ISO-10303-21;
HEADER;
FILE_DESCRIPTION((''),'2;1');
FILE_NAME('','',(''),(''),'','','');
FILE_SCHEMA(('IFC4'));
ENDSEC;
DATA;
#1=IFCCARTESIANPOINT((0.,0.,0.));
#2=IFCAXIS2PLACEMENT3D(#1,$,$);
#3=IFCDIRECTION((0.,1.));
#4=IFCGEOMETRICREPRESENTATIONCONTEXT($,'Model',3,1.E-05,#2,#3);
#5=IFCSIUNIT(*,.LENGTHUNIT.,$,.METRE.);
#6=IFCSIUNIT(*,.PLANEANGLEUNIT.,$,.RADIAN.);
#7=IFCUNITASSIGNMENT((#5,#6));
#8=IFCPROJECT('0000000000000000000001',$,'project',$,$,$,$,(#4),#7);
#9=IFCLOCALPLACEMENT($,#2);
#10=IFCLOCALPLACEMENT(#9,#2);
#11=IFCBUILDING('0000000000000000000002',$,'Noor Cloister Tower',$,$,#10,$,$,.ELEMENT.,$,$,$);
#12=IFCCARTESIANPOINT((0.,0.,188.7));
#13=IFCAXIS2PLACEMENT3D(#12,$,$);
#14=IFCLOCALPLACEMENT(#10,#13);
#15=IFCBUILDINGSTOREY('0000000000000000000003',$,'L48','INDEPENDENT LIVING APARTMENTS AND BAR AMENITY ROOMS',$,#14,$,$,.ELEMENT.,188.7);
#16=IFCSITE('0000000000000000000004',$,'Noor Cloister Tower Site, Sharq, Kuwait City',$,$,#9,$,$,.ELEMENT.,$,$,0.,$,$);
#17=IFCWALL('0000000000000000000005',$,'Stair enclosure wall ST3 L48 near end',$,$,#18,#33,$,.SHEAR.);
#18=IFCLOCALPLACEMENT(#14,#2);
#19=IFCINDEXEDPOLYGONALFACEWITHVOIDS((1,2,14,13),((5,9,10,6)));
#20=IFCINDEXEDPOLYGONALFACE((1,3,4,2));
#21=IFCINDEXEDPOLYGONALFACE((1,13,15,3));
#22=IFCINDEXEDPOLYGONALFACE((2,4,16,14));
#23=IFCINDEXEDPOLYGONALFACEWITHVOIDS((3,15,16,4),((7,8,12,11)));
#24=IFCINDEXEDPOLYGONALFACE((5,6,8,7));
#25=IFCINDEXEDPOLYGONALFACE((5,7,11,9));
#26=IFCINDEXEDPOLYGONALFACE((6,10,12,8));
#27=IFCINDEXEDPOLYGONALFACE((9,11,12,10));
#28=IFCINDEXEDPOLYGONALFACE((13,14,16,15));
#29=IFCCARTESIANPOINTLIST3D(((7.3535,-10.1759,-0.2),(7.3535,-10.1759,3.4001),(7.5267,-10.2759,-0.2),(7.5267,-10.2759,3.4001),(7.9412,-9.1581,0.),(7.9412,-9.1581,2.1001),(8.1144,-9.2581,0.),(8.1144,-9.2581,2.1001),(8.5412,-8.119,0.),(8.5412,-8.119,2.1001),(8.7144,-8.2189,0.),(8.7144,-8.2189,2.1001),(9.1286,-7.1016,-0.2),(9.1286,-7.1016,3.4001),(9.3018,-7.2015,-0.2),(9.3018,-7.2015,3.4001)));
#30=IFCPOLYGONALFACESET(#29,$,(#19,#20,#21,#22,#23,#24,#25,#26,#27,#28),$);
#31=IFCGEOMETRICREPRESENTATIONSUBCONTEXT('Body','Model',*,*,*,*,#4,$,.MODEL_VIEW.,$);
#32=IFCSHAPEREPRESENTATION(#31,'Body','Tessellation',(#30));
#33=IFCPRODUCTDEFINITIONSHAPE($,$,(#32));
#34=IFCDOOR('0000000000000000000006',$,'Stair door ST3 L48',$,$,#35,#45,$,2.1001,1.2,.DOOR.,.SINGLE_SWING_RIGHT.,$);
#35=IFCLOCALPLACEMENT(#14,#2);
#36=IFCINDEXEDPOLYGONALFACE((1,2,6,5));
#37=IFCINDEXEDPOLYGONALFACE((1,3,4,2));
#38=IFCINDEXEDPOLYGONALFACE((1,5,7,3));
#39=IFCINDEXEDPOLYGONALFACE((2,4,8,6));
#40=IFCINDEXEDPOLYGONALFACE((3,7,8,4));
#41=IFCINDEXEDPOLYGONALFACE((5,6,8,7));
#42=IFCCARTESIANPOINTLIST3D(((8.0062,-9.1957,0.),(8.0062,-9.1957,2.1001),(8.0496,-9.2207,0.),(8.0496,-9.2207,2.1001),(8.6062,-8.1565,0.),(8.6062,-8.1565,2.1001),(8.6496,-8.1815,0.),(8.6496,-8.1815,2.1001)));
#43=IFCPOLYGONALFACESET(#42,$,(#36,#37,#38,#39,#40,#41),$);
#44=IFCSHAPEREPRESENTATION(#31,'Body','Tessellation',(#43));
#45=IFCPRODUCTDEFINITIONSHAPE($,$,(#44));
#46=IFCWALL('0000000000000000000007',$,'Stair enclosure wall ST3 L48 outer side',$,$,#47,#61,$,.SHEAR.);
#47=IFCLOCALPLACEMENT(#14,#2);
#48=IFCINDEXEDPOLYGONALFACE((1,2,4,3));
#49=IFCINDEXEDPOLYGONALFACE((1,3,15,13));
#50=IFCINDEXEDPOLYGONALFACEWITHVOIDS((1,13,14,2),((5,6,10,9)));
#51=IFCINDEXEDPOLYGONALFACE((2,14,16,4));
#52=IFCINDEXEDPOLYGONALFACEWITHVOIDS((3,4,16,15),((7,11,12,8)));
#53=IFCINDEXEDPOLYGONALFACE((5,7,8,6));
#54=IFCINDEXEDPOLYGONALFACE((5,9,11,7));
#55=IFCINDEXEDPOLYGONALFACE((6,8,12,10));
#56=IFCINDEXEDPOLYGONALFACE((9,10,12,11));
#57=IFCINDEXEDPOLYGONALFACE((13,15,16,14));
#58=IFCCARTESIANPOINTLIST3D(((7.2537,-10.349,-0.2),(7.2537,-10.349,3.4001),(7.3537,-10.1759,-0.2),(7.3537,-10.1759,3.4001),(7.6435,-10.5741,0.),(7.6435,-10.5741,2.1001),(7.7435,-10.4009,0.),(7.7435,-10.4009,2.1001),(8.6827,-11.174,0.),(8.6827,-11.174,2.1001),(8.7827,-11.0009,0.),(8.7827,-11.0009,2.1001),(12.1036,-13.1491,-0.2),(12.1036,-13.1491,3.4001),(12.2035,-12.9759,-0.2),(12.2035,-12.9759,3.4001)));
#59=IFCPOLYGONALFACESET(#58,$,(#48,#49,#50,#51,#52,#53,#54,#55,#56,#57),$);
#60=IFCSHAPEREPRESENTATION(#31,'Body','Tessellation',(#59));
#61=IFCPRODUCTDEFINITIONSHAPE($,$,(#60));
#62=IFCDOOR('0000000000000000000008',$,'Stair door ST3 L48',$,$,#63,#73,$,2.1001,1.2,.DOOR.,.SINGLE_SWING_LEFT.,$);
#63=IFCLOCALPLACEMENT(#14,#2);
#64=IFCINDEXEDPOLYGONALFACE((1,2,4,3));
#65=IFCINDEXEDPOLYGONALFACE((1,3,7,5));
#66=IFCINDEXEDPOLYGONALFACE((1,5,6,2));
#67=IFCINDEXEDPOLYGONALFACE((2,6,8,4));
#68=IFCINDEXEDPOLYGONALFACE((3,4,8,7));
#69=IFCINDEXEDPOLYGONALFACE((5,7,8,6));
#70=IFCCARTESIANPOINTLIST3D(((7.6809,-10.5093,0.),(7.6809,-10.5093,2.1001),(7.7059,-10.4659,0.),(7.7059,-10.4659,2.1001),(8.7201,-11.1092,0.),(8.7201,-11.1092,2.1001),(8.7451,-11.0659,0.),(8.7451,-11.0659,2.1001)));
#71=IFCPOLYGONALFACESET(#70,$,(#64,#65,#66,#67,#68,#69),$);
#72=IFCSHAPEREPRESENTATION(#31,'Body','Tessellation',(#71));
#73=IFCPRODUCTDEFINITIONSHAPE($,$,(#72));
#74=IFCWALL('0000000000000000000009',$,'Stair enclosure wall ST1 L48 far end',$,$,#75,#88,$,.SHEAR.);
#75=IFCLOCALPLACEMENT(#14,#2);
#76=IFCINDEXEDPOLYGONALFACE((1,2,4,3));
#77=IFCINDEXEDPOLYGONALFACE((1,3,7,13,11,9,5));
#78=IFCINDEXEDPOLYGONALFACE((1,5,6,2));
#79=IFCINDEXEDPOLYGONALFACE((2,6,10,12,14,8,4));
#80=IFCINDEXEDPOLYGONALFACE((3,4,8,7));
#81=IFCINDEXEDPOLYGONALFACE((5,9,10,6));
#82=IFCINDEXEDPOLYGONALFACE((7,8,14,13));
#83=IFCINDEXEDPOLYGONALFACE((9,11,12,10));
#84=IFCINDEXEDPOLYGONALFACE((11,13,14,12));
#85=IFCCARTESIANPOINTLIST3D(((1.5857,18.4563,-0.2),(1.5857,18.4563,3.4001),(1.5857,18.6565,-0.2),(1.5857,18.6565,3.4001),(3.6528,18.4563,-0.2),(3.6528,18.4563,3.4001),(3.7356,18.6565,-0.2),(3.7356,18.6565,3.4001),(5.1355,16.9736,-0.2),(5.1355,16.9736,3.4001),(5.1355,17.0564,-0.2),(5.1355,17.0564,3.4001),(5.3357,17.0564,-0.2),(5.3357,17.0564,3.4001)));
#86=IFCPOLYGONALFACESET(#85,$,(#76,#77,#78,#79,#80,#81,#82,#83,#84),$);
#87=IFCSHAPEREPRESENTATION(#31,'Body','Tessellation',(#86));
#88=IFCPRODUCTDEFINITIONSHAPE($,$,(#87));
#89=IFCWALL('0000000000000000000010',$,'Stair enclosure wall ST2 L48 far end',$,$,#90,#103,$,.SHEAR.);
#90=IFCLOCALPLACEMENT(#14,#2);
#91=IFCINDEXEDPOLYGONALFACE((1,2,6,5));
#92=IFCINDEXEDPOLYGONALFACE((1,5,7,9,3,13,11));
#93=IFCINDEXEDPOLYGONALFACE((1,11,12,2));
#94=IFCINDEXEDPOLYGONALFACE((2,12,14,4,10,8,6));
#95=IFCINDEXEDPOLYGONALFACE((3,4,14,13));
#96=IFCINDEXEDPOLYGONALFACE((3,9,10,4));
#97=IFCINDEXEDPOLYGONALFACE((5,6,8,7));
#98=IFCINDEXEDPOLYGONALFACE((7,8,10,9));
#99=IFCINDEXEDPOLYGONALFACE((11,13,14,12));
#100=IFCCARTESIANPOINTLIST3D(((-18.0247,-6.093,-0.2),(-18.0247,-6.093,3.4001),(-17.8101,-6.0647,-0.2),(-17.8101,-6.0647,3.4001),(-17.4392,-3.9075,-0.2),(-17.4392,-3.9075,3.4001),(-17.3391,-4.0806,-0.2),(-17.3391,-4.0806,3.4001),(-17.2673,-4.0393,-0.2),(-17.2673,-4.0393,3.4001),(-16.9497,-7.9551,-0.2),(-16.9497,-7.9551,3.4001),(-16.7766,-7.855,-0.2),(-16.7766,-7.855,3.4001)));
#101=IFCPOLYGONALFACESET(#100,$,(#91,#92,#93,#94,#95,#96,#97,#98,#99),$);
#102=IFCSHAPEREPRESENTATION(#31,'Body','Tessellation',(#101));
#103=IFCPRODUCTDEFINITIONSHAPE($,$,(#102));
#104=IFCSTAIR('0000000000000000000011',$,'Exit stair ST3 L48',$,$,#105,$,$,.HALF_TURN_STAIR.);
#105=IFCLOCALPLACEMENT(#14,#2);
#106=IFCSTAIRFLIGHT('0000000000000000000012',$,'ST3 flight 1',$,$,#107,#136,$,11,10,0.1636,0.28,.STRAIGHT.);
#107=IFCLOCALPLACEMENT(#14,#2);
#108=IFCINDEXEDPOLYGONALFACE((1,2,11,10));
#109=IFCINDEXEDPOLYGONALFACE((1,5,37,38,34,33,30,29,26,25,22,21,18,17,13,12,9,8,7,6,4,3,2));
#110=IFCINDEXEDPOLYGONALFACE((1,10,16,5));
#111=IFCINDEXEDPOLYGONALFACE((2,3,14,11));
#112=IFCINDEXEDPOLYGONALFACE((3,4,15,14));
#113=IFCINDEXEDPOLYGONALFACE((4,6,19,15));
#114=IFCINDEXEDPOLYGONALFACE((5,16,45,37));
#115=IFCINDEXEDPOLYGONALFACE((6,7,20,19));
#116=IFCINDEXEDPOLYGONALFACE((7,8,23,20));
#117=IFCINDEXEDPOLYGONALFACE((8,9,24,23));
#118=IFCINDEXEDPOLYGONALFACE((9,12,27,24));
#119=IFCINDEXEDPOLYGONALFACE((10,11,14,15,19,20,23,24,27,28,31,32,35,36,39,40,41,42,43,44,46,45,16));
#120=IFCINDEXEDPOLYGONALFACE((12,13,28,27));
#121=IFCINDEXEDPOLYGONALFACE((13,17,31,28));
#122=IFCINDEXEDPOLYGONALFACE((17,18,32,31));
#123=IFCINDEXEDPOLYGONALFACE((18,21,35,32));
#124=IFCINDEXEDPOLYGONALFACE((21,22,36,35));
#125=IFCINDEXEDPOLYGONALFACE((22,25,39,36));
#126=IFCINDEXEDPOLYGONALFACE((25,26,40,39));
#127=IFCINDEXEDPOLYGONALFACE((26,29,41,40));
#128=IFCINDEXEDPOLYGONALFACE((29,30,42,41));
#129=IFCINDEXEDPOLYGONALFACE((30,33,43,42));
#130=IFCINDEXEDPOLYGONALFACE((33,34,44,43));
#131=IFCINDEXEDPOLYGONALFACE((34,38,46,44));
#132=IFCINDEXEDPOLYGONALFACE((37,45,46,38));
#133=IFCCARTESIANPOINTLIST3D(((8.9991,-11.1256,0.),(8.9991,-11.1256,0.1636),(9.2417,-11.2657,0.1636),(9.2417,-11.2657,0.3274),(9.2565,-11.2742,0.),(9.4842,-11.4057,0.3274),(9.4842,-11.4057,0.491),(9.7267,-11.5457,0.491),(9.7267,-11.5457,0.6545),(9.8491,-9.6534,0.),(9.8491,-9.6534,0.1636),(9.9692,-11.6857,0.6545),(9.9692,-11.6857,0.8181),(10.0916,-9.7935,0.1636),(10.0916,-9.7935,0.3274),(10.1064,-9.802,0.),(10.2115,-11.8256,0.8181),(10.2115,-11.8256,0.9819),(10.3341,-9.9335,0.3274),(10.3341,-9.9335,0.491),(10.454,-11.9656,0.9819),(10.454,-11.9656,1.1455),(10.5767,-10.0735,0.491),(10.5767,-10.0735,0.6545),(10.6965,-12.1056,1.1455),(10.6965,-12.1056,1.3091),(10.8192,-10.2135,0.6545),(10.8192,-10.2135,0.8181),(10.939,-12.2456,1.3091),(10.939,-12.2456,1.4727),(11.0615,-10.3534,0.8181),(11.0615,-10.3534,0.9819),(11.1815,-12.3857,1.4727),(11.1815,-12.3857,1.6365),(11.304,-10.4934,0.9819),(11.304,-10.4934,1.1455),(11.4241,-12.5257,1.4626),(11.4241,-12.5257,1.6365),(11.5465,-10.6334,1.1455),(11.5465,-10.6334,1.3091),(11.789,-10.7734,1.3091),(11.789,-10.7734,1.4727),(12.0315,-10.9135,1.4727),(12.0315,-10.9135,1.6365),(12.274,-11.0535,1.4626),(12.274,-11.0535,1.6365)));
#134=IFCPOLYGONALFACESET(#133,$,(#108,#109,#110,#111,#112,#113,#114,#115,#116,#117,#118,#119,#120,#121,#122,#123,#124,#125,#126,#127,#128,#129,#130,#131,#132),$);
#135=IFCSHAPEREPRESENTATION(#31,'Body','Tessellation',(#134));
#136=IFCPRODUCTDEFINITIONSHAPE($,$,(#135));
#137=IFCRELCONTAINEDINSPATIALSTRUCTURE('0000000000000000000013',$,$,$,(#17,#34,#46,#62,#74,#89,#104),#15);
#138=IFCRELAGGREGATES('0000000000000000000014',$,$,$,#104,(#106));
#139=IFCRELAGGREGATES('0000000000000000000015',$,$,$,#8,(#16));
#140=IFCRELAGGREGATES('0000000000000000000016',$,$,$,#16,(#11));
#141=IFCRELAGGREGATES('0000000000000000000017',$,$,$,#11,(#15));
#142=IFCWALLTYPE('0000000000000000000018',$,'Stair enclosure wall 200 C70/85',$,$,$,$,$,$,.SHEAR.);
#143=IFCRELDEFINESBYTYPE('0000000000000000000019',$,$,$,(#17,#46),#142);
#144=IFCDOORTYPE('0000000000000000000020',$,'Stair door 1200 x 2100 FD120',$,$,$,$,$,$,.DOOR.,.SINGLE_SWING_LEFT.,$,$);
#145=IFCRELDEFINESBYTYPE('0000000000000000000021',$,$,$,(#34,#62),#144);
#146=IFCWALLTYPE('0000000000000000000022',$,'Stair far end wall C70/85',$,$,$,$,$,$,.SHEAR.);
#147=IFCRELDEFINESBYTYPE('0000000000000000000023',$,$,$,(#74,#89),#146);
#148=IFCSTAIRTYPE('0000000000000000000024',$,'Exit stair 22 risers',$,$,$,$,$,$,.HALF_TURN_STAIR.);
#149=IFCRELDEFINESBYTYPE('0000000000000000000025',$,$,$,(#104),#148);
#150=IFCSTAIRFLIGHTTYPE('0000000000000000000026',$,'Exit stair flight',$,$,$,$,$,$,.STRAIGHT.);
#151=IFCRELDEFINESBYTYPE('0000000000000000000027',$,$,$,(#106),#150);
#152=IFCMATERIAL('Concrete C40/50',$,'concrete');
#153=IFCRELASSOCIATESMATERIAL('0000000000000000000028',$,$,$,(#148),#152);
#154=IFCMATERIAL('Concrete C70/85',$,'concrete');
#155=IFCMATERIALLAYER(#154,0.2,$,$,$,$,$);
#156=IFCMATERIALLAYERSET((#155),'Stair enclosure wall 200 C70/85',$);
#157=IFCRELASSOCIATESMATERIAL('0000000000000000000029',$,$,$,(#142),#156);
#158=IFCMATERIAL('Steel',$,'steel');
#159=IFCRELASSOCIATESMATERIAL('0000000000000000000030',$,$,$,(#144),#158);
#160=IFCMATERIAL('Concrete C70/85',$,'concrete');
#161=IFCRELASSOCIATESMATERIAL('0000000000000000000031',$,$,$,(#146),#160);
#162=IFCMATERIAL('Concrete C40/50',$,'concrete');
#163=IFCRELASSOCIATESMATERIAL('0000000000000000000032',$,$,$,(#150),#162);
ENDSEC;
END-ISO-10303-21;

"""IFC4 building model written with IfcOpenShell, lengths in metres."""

from ifc_helpers import new_model, si_unit, direction, frame, frame_2d, origin, place, context, subcontext, project, spatial, polyline, rectangle, outline, extrude, material, layer, layer_set, type_object, element, fill, aggregate, save


model = new_model("IFC4")

# Units and contexts
model_context = context("Model", 3, precision=1e-05, world=origin(), true_north=direction((0.0, 1.0)))
body_context = subcontext(model_context, "Body", "Model", "MODEL_VIEW")
ifc_project = project(units=[si_unit("LENGTHUNIT", "METRE"), si_unit("PLANEANGLEUNIT", "RADIAN")], contexts=[model_context])

# Site, building, storey
site_placement = place(None, origin())
site = spatial("IfcSite", under=ifc_project, at=site_placement, Name="Noor Cloister Tower Site, Sharq, Kuwait City", CompositionType="ELEMENT", RefElevation=0.0)
building_placement = place(site_placement, origin())
building = spatial("IfcBuilding", under=site, at=building_placement, Name="Noor Cloister Tower", CompositionType="ELEMENT")
storey_placement = place(building_placement, frame((0.0, 0.0, 188.7)))
storey = spatial("IfcBuildingStorey", under=building, at=storey_placement, Name="L48", Description="INDEPENDENT LIVING APARTMENTS AND BAR AMENITY ROOMS", CompositionType="ELEMENT", Elevation=188.7)

# Shared definitions
ifc_material_1 = material(Name="Concrete C40/50", Category="concrete")
stair_type = type_object("IfcStairType", Name="Exit stair 22 risers", PredefinedType="HALF_TURN_STAIR", material=ifc_material_1)

# Walls, openings, doors
ifc_material_2 = material(Name="Concrete C70/85", Category="concrete")
ifc_layer_1 = layer(ifc_material_2, 0.2)
ifc_layer_set_1 = layer_set([ifc_layer_1], Name="Stair enclosure wall 200 C70/85")
wall_type_1 = type_object("IfcWallType", Name="Stair enclosure wall 200 C70/85", PredefinedType="SHEAR", material=ifc_layer_set_1)
wall_1_placement = place(storey_placement, frame((7.4402, -10.2258, -0.2), z_axis=(0.0, 0.0, 1.0), x_axis=(0.500022, 0.866013, 0.0)))
wall_1 = element("IfcWall", 1, at=wall_1_placement, inside=storey, type_object=wall_type_1, Name="Stair enclosure wall ST3 L48 near end", PredefinedType="SHEAR", context=body_context, shape_type="SweptSolid", body=[
    extrude(rectangle(XDim=3.55, YDim=0.2, at=frame_2d((1.7749, 0.0))), origin(), (0.0, 0.0, 1.0), 3.6001),
])
opening_1_placement = place(wall_1_placement, frame((1.175, 0.0, 0.2)))
opening_1 = element("IfcOpeningElement", 2, at=opening_1_placement, cuts=wall_1, PredefinedType="OPENING", context=body_context, shape_type="SweptSolid", body=[
    extrude(rectangle(XDim=1.2, YDim=2.1001, at=frame_2d((0.6001, 1.05))), frame((0.0, 0.1099, 0.0), z_axis=(0.0, -1.0, 0.0), x_axis=(1.0, 0.0, 0.0)), (0.0, 0.0, 1.0), 0.22),
])
ifc_material_3 = material(Name="Steel", Category="steel")
door_type_1 = type_object("IfcDoorType", Name="Stair door 1200 x 2100 FD120", OperationType="SINGLE_SWING_LEFT", PredefinedType="DOOR", material=ifc_material_3)
door_1_placement = place(opening_1_placement, origin())
door_1 = element("IfcDoor", 3, at=door_1_placement, inside=storey, type_object=door_type_1, Name="Stair door ST3 L48", OperationType="SINGLE_SWING_RIGHT", OverallHeight=2.1001, OverallWidth=1.2, PredefinedType="DOOR", context=body_context, shape_type="SweptSolid", body=[
    extrude(rectangle(XDim=1.2, YDim=2.1001, at=frame_2d((0.6001, 1.05))), frame((0.0, 0.0249, 0.0), z_axis=(0.0, -1.0, 0.0), x_axis=(1.0, 0.0, 0.0)), (0.0, 0.0, 1.0), 0.05),
])
fill(opening_1, door_1)
wall_2_placement = place(storey_placement, frame((7.3037, -10.2625, -0.2), z_axis=(0.0, 0.0, 1.0), x_axis=(0.866027, -0.499998, 0.0)))
wall_2 = element("IfcWall", 4, at=wall_2_placement, inside=storey, type_object=wall_type_1, Name="Stair enclosure wall ST3 L48 outer side", PredefinedType="SHEAR", context=body_context, shape_type="SweptSolid", body=[
    extrude(rectangle(XDim=5.6001, YDim=0.2, at=frame_2d((2.8, 0.0))), origin(), (0.0, 0.0, 1.0), 3.6001),
])
opening_2_placement = place(wall_2_placement, frame((0.45, 0.0, 0.2)))
opening_2 = element("IfcOpeningElement", 5, at=opening_2_placement, cuts=wall_2, PredefinedType="OPENING", context=body_context, shape_type="SweptSolid", body=[
    extrude(rectangle(XDim=1.2, YDim=2.1001, at=frame_2d((0.6001, 1.05))), frame((0.0, 0.1099, 0.0), z_axis=(0.0, -1.0, 0.0), x_axis=(1.0, 0.0, 0.0)), (0.0, 0.0, 1.0), 0.22),
])
door_2_placement = place(opening_2_placement, origin())
door_2 = element("IfcDoor", 6, at=door_2_placement, inside=storey, type_object=door_type_1, Name="Stair door ST3 L48", OperationType="SINGLE_SWING_LEFT", OverallHeight=2.1001, OverallWidth=1.2, PredefinedType="DOOR", context=body_context, shape_type="SweptSolid", body=[
    extrude(rectangle(XDim=1.2, YDim=2.1001, at=frame_2d((0.6001, 1.05))), frame((0.0, 0.0249, 0.0), z_axis=(0.0, -1.0, 0.0), x_axis=(1.0, 0.0, 0.0)), (0.0, 0.0, 1.0), 0.05),
])
fill(opening_2, door_2)

# Walls
ifc_material_4 = material(Name="Concrete C70/85", Category="concrete")
wall_type_2 = type_object("IfcWallType", Name="Stair far end wall C70/85", PredefinedType="SHEAR", material=ifc_material_4)
wall_3_placement = place(storey_placement, frame((0.0, 0.0, -0.2)))
element("IfcWall", 7, at=wall_3_placement, inside=storey, type_object=wall_type_2, Name="Stair enclosure wall ST1 L48 far end", PredefinedType="SHEAR", context=body_context, shape_type="SweptSolid", body=[
    extrude(outline(polyline([(5.3357, 17.0564), (3.7356, 18.6565), (1.5857, 18.6565), (1.5857, 18.4563), (3.6528, 18.4563), (5.1355, 16.9736), (5.1355, 17.0564), (5.1355, 17.0564), (5.1355, 17.0564), (5.1355, 17.0564), (5.1355, 17.0564), (5.1355, 17.0564), (5.1355, 17.0564), (5.1355, 17.0564), (5.1355, 17.0564), (5.1355, 17.0564), (5.1355, 17.0564), (5.1355, 17.0564), (5.1355, 17.0564), (5.1355, 17.0564), (5.1355, 17.0564), (5.1355, 17.0564), (5.1355, 17.0564), (5.3357, 17.0564)])), origin(), (0.0, 0.0, 1.0), 3.6001),
])
wall_4_placement = place(storey_placement, frame((0.0, 0.0, -0.2)))
element("IfcWall", 8, at=wall_4_placement, inside=storey, type_object=wall_type_2, Name="Stair enclosure wall ST2 L48 far end", PredefinedType="SHEAR", context=body_context, shape_type="SweptSolid", body=[
    extrude(outline(polyline([(-17.4392, -3.9075), (-18.0247, -6.093), (-16.9497, -7.9551), (-16.7766, -7.855), (-17.8101, -6.0647), (-17.2673, -4.0393), (-17.3391, -4.0806), (-17.3391, -4.0806), (-17.3391, -4.0806), (-17.3391, -4.0806), (-17.3391, -4.0806), (-17.3391, -4.0806), (-17.3391, -4.0806), (-17.3391, -4.0806), (-17.3391, -4.0806), (-17.3391, -4.0806), (-17.3391, -4.0806), (-17.3391, -4.0806), (-17.3391, -4.0806), (-17.3391, -4.0806), (-17.3391, -4.0806), (-17.3391, -4.0806), (-17.3391, -4.0806), (-17.4392, -3.9075)])), origin(), (0.0, 0.0, 1.0), 3.6001),
])

# Stair, stair flight
stair_1_placement = place(storey_placement, origin())
stair_1 = element("IfcStair", 9, at=stair_1_placement, inside=storey, type_object=stair_type, Name="Exit stair ST3 L48", PredefinedType="HALF_TURN_STAIR")
ifc_material_5 = material(Name="Concrete C40/50", Category="concrete")
stair_flight_type = type_object("IfcStairFlightType", Name="Exit stair flight", PredefinedType="STRAIGHT", material=ifc_material_5)
stair_flight_placement = place(storey_placement, frame((9.4241, -10.3896, 0.0), z_axis=(0.0, 0.0, 1.0), x_axis=(0.866025, -0.5, 0.0)))
stair_flight = element("IfcStairFlight", 10, at=stair_flight_placement, type_object=stair_flight_type, Name="ST3 flight 1", NumberOfRisers=11, NumberOfTreads=10, PredefinedType="STRAIGHT", RiserHeight=0.1636, TreadLength=0.28, context=body_context, shape_type="SweptSolid", body=[
    extrude(outline(polyline([(0.0, 0.0), (0.0, 0.1636), (0.28, 0.1636), (0.28, 0.3274), (0.5601, 0.3274), (0.5601, 0.491), (0.8401, 0.491), (0.8401, 0.6545), (1.1201, 0.6545), (1.1201, 0.8181), (1.3999, 0.8181), (1.3999, 0.9819), (1.6799, 0.9819), (1.6799, 1.1455), (1.96, 1.1455), (1.96, 1.3091), (2.24, 1.3091), (2.24, 1.4727), (2.52, 1.4727), (2.52, 1.6365), (2.8, 1.6365), (2.8, 1.8), (2.8, 1.4626), (0.2971, 0.0), (0.0, 0.0)])), frame((0.0, 0.8501, 0.0), z_axis=(0.0, -1.0, 0.0), x_axis=(1.0, 0.0, 0.0)), (0.0, 0.0, 1.0), 1.7),
])
aggregate(stair_1, [stair_flight])

save(model, "model.ifc")
